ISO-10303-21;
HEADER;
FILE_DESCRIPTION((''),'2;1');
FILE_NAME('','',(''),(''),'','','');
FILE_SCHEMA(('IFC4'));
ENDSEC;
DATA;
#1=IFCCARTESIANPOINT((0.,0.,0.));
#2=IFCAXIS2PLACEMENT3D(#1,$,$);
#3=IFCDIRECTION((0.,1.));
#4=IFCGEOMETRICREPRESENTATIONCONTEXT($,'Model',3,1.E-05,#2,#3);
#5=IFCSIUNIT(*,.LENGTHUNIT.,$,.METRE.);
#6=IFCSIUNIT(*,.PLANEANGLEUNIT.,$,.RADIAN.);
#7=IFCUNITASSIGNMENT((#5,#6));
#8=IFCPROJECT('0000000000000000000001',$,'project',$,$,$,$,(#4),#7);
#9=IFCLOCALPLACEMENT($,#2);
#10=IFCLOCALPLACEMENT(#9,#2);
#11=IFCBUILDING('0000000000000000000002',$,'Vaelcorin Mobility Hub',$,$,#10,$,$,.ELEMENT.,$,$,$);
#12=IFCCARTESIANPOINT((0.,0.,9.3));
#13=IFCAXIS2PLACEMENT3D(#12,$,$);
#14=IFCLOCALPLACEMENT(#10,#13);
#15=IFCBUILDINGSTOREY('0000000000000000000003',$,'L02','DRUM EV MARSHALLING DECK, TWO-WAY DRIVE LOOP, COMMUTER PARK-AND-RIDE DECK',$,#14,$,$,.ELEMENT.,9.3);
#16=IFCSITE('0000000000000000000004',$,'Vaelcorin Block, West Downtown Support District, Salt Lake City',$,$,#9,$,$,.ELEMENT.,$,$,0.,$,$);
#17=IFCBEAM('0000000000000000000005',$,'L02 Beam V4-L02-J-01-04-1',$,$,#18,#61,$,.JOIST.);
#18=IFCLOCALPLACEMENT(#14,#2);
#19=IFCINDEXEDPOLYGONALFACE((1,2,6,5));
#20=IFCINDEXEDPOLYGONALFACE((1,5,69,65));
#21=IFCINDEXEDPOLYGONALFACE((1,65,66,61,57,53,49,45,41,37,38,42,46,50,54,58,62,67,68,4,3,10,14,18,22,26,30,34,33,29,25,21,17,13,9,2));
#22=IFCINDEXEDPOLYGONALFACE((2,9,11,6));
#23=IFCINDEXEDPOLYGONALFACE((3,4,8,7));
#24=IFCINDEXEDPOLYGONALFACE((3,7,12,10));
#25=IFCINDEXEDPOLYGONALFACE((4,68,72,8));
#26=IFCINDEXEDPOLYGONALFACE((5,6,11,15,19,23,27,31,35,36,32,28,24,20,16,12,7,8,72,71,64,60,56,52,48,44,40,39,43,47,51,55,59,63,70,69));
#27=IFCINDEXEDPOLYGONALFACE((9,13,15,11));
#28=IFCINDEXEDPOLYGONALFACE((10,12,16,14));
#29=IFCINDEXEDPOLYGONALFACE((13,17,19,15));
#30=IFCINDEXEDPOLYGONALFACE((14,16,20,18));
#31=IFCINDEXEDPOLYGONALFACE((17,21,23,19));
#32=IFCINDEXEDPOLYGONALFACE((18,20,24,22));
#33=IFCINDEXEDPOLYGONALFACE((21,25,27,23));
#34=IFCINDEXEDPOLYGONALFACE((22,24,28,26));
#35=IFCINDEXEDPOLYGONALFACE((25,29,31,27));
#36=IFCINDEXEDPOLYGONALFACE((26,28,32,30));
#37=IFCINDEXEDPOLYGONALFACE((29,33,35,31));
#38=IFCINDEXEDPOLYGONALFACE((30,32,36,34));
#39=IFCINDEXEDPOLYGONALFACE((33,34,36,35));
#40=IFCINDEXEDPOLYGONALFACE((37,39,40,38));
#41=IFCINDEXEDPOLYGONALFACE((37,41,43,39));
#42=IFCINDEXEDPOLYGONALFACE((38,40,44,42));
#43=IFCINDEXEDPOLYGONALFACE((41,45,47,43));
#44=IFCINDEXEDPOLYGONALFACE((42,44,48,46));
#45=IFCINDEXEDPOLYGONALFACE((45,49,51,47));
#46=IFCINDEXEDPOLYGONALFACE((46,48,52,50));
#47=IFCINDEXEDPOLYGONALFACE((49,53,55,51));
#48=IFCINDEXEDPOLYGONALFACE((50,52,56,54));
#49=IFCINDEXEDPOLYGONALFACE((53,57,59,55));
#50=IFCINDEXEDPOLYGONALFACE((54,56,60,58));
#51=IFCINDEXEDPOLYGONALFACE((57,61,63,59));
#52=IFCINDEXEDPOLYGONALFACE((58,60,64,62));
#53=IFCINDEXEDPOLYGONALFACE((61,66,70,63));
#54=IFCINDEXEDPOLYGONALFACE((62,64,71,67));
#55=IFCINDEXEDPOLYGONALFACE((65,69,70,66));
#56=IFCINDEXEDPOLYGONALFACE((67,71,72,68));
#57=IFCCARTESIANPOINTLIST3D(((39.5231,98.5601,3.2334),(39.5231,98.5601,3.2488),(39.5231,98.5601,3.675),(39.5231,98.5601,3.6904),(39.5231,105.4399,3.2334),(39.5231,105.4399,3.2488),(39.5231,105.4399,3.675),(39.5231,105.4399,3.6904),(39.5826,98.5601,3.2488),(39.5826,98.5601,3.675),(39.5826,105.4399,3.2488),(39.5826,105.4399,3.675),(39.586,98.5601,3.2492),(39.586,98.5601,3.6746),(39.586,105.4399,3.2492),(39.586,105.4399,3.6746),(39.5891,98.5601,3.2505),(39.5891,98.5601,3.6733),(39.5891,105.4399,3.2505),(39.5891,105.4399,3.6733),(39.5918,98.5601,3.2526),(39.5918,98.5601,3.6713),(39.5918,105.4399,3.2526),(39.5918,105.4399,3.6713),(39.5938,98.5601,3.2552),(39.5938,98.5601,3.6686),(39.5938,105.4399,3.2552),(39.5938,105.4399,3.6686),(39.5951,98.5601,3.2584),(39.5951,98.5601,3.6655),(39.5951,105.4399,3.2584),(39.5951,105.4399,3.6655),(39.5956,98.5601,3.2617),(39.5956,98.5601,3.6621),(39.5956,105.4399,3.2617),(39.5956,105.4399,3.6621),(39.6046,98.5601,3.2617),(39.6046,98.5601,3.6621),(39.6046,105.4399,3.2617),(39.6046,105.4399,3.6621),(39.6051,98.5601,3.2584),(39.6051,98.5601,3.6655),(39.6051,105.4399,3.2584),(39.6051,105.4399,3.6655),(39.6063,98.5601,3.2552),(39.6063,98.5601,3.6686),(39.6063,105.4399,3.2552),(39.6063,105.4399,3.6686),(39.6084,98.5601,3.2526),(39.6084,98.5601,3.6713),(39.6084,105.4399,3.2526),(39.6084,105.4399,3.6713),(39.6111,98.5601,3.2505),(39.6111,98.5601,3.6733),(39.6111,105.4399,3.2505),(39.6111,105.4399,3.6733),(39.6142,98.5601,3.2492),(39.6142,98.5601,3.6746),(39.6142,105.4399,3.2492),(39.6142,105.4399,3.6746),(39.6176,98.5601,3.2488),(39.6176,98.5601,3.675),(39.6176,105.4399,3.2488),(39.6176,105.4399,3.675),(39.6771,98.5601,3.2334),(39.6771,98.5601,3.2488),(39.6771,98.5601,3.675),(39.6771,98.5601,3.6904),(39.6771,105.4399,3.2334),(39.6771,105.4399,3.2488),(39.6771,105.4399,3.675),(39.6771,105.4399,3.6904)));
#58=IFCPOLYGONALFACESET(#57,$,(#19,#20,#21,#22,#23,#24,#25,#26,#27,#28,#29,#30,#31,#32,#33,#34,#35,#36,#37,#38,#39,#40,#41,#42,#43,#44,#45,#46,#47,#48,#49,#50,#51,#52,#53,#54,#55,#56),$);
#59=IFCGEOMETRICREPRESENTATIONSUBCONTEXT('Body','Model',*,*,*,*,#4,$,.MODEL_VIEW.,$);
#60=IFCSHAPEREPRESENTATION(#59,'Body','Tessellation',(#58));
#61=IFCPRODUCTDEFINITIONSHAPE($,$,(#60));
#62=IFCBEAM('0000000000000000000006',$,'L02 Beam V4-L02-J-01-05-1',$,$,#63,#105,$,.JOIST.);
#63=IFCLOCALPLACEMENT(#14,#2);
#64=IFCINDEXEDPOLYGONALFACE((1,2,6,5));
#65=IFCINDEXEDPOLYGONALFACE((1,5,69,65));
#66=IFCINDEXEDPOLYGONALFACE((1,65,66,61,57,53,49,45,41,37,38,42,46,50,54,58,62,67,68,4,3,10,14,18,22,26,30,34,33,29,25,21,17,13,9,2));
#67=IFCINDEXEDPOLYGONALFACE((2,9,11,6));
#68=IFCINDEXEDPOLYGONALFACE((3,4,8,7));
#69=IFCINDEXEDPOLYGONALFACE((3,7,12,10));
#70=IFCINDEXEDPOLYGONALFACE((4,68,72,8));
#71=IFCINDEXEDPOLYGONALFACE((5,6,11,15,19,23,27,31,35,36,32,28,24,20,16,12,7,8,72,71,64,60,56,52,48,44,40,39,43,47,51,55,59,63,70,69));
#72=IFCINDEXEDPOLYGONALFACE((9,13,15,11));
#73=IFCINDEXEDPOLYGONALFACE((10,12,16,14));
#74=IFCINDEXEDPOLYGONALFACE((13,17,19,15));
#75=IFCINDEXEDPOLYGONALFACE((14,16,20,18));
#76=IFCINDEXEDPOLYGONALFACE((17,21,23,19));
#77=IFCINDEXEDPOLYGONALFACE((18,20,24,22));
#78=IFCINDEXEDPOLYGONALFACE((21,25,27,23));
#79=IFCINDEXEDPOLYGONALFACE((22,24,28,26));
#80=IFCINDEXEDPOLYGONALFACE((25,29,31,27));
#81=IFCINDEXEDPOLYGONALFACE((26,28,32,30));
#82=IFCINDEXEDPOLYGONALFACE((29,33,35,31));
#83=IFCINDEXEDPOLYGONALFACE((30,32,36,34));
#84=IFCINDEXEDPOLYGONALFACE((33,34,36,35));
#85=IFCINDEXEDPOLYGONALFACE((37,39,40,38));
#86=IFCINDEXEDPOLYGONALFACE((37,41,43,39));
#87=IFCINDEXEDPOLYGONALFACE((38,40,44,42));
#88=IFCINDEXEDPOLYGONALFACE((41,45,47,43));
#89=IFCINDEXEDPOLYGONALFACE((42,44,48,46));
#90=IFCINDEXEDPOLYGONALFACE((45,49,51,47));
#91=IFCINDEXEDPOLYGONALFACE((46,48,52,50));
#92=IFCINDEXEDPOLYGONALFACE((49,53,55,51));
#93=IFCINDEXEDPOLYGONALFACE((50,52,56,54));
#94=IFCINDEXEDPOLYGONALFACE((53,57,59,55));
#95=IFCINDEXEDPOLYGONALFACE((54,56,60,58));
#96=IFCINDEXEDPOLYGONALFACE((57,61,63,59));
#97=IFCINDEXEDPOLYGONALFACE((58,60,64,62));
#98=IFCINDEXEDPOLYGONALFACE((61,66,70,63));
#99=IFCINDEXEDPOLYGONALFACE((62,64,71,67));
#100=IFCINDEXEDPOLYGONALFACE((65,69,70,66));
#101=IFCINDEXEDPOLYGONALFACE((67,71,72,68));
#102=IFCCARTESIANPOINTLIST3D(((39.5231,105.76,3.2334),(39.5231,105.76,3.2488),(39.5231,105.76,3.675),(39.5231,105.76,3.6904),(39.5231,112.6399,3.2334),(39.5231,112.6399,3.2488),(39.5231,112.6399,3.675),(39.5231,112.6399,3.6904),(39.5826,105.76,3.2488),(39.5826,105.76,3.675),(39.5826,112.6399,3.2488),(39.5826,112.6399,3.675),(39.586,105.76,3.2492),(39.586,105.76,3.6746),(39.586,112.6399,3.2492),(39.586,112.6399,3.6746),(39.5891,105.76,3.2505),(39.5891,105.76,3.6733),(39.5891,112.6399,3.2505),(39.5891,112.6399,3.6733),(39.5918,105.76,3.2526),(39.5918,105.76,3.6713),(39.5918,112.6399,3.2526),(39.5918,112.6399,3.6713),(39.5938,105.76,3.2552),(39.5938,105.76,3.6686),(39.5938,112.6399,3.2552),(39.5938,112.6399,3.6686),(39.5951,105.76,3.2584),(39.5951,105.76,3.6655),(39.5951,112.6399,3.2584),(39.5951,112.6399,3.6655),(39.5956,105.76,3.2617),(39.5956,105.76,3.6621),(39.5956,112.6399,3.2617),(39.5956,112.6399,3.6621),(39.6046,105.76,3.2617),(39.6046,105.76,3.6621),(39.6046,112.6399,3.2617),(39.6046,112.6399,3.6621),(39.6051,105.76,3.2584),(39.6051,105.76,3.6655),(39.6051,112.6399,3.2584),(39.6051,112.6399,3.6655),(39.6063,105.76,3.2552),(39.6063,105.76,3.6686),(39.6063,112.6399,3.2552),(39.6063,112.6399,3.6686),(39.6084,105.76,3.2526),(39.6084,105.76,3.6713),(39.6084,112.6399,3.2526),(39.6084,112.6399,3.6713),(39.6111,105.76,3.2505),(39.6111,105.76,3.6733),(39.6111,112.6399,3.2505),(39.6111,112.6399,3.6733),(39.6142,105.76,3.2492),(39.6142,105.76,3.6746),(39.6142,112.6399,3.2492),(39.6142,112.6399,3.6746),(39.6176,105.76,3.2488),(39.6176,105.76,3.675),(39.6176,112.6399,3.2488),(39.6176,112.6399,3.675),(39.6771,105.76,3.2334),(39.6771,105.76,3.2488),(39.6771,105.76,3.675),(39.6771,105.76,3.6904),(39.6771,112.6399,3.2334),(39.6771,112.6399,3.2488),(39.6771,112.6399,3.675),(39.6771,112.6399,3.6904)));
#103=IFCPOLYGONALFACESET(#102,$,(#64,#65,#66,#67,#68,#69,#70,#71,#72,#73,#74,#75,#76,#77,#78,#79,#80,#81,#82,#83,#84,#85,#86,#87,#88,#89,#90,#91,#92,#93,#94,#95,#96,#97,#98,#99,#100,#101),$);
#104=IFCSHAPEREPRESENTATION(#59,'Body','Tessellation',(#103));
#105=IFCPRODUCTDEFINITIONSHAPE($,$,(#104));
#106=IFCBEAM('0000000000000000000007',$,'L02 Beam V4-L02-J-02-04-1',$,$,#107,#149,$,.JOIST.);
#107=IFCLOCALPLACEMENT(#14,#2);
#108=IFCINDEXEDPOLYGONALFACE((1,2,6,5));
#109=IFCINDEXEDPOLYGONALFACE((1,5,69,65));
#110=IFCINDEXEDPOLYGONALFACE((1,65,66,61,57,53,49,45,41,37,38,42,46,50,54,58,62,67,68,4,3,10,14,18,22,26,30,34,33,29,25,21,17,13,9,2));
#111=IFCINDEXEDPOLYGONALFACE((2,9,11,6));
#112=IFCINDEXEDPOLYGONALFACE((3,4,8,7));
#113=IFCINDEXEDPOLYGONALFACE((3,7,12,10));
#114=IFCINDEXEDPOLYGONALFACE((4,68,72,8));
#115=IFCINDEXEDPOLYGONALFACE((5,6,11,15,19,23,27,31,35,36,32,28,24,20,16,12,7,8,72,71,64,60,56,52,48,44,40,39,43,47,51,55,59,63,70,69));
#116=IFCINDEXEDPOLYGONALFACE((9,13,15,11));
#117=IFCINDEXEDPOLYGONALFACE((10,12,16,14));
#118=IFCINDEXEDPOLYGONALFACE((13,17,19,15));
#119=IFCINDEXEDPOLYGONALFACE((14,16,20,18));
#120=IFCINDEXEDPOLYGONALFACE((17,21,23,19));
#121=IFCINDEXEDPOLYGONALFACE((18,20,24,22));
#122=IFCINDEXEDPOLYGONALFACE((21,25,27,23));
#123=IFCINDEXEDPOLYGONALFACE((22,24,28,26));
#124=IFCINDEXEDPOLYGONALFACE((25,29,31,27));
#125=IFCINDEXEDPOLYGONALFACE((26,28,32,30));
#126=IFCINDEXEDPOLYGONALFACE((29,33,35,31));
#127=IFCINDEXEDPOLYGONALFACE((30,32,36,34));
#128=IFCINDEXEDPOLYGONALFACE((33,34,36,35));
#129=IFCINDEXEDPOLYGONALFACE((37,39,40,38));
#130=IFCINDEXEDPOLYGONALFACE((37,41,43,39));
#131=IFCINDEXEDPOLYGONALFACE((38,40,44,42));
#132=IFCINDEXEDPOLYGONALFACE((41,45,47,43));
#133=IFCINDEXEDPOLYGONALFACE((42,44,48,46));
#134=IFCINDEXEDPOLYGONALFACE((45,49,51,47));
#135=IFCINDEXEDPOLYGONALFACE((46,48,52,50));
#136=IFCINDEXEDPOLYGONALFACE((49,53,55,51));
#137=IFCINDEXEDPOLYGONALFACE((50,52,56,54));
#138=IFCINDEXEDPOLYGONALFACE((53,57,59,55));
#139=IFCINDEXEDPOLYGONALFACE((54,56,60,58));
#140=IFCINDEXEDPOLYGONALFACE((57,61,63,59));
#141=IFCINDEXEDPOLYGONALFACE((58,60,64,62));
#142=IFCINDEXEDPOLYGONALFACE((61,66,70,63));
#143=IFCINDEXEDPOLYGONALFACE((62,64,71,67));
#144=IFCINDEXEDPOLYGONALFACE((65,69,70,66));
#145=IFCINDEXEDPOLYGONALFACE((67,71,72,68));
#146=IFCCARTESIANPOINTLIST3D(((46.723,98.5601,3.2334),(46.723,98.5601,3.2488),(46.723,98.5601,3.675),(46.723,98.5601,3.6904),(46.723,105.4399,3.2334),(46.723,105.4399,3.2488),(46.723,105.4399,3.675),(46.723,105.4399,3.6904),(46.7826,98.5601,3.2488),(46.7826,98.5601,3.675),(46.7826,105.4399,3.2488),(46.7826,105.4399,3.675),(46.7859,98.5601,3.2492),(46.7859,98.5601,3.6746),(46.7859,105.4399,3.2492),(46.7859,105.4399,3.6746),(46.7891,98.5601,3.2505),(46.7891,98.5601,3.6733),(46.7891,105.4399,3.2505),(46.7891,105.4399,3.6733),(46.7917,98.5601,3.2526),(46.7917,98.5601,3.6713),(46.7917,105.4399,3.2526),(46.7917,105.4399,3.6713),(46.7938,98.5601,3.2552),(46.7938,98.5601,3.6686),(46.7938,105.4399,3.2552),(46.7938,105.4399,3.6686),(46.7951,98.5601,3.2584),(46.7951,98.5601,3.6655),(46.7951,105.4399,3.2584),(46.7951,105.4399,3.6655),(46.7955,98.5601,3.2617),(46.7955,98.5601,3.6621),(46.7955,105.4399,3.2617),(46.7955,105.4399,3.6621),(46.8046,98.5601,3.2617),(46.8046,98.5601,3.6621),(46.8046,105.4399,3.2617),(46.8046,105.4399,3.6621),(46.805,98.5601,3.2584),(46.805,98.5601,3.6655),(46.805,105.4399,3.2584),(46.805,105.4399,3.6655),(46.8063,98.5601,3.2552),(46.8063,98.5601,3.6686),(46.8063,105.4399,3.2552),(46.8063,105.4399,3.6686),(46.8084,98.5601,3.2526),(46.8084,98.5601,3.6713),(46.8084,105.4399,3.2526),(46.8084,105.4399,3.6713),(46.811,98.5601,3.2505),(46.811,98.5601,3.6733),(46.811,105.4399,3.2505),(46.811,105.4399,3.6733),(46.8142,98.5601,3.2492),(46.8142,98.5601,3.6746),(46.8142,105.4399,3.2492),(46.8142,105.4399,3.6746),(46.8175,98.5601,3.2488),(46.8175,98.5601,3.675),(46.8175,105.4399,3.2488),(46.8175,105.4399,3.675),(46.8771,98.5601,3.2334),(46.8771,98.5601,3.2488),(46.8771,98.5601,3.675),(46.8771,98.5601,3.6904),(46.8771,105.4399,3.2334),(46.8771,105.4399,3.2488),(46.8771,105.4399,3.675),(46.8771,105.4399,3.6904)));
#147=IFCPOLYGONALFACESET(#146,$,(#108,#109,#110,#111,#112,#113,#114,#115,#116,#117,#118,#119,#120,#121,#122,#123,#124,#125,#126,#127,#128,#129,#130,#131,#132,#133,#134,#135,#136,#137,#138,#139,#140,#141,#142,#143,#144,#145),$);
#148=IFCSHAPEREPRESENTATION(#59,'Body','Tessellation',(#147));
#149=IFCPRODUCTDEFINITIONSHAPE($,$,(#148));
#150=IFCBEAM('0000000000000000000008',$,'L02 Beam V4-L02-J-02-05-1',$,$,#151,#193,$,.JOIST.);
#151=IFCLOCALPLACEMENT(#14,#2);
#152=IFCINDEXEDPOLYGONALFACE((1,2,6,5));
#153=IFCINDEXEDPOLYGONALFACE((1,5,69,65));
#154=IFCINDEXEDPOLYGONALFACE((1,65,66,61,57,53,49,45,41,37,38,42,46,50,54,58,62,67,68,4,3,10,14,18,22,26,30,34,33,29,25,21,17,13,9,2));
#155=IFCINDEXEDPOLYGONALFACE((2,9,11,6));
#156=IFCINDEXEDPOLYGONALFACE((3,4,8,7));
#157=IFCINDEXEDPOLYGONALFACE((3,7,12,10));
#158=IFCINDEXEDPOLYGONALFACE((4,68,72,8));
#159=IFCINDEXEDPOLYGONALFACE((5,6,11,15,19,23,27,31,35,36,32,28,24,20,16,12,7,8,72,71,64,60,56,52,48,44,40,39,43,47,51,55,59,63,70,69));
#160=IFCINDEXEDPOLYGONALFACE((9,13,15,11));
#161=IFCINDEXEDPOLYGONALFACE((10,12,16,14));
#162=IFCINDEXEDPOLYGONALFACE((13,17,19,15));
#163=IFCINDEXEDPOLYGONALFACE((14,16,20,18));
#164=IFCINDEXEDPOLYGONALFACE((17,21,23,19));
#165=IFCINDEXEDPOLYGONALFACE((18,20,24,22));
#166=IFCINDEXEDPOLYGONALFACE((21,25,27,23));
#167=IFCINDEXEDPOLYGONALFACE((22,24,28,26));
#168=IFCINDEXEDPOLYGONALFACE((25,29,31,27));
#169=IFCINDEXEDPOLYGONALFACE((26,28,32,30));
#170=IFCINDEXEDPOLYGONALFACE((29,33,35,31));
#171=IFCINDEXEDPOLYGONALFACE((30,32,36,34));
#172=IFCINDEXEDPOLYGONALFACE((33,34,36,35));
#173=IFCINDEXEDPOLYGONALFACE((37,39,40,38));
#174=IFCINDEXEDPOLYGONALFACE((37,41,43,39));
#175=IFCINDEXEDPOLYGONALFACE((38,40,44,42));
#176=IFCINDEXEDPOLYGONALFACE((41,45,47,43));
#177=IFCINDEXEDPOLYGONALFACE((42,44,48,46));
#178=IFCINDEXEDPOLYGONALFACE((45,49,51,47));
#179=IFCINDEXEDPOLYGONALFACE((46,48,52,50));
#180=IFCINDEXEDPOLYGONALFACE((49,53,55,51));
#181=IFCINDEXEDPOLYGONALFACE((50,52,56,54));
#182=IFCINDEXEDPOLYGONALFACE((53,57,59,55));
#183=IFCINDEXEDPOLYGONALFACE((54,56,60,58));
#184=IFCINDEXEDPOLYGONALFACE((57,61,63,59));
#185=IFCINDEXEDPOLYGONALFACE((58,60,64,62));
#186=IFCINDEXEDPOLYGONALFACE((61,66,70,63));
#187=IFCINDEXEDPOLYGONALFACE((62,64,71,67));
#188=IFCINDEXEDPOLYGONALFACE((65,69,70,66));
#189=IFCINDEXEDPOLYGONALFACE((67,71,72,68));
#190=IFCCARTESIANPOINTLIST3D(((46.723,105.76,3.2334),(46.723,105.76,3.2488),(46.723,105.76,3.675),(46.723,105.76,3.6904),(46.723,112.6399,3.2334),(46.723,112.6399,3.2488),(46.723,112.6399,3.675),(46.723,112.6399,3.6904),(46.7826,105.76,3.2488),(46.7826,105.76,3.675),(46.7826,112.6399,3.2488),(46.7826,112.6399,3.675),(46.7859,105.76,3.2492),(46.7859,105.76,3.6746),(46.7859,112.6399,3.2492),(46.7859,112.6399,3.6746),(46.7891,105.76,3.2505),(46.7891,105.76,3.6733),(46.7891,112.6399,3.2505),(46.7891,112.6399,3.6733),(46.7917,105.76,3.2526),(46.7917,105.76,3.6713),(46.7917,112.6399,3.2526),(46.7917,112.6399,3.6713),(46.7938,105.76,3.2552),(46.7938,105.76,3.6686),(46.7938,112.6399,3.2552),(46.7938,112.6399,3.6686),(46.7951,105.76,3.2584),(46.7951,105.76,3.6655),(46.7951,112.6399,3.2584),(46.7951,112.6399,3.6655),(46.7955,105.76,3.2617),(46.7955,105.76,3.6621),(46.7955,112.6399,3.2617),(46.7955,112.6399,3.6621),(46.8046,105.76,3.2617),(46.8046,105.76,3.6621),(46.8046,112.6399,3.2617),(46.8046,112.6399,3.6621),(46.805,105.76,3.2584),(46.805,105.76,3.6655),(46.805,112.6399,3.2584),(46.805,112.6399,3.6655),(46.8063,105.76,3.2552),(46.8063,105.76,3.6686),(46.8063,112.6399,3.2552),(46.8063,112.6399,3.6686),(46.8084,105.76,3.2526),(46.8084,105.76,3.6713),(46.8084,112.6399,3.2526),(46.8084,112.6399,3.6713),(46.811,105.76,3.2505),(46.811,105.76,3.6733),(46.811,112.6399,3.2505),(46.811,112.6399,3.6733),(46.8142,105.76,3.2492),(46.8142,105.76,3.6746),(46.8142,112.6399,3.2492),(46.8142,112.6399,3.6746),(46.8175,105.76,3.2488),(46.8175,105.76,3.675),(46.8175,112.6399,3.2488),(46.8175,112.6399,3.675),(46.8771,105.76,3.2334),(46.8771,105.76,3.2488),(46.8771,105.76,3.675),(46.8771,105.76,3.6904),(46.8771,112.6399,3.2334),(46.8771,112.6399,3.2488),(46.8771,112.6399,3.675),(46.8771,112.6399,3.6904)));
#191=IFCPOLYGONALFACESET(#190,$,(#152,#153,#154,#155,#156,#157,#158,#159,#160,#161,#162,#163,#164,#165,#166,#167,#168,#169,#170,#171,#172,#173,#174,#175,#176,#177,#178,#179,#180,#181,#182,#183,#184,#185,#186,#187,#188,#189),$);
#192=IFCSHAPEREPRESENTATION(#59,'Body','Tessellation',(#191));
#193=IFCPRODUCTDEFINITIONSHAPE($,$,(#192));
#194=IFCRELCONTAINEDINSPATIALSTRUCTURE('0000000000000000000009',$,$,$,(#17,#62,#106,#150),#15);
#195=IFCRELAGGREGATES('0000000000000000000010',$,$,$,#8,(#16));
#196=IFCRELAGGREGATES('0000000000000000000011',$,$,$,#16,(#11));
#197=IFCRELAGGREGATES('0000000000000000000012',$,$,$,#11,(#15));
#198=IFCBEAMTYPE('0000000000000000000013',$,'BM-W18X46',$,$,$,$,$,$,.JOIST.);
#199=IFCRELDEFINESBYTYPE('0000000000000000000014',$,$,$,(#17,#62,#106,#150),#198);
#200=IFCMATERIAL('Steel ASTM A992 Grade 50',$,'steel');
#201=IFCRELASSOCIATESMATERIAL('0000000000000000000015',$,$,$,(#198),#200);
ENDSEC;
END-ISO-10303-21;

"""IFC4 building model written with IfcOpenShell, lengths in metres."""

from ifc_helpers import new_model, si_unit, direction, frame, origin, origin_2d, place, context, subcontext, project, spatial, i_section, extrude, material, material_profile, profile_set, type_object, element, save


model = new_model("IFC4")

# Units and contexts
model_context = context("Model", 3, precision=1e-05, world=origin(), true_north=direction((0.0, 1.0)))
body_context = subcontext(model_context, "Body", "Model", "MODEL_VIEW")
ifc_project = project(units=[si_unit("LENGTHUNIT", "METRE"), si_unit("PLANEANGLEUNIT", "RADIAN")], contexts=[model_context])

# Site, building, storey
site_placement = place(None, origin())
site = spatial("IfcSite", under=ifc_project, at=site_placement, Name="Vaelcorin Block, West Downtown Support District, Salt Lake City", CompositionType="ELEMENT", RefElevation=0.0)
building_placement = place(site_placement, origin())
building = spatial("IfcBuilding", under=site, at=building_placement, Name="Vaelcorin Mobility Hub", CompositionType="ELEMENT")
storey_placement = place(building_placement, frame((0.0, 0.0, 9.3)))
storey = spatial("IfcBuildingStorey", under=building, at=storey_placement, Name="L02", Description="DRUM EV MARSHALLING DECK, TWO-WAY DRIVE LOOP, COMMUTER PARK-AND-RIDE DECK", CompositionType="ELEMENT", Elevation=9.3)

# Shared definitions
ifc_material_1 = material(Name="Steel ASTM A992 Grade 50", Category="steel")

# Beams
ifc_material_profile_1 = material_profile(ifc_material_1, i_section(OverallWidth=0.1541, OverallDepth=0.457, WebThickness=0.009, FlangeThickness=0.0154, FilletRadius=0.0129, at=origin_2d()), Name="W18X46")
ifc_profile_set_1 = profile_set([ifc_material_profile_1], Name="Steel ASTM A992 Grade 50")
beam_type_1 = type_object("IfcBeamType", Name="BM-W18X46", PredefinedType="JOIST", material=ifc_profile_set_1)
for number, where, z_axis, x_axis, name in (
    (1, (39.6001, 98.5601, 3.4619), (0.0, 1.0, 0.0), (-1.0, 0.0, 0.0), "L02 Beam V4-L02-J-01-04-1"),
    (2, (39.6001, 105.76, 3.4619), (0.0, 1.0, 0.0), (-1.0, 0.0, 0.0), "L02 Beam V4-L02-J-01-05-1"),
    (3, (46.8, 98.5601, 3.4619), (0.0, 1.0, 0.0), (-1.0, 0.0, 0.0), "L02 Beam V4-L02-J-02-04-1"),
    (4, (46.8, 105.76, 3.4619), (0.0, 1.0, 0.0), (-1.0, 0.0, 0.0), "L02 Beam V4-L02-J-02-05-1"),
):
    element("IfcBeam", number, at=place(storey_placement, frame(where, z_axis=z_axis, x_axis=x_axis)), inside=storey, type_object=beam_type_1, Name=name, PredefinedType="JOIST", context=body_context, shape_type="SweptSolid", body=[
        extrude(i_section(OverallWidth=0.1541, OverallDepth=0.457, WebThickness=0.009, FlangeThickness=0.0154, FilletRadius=0.0129, at=origin_2d()), origin(), (0.0, 0.0, 1.0), 6.8799),
    ])

save(model, "model.ifc")
